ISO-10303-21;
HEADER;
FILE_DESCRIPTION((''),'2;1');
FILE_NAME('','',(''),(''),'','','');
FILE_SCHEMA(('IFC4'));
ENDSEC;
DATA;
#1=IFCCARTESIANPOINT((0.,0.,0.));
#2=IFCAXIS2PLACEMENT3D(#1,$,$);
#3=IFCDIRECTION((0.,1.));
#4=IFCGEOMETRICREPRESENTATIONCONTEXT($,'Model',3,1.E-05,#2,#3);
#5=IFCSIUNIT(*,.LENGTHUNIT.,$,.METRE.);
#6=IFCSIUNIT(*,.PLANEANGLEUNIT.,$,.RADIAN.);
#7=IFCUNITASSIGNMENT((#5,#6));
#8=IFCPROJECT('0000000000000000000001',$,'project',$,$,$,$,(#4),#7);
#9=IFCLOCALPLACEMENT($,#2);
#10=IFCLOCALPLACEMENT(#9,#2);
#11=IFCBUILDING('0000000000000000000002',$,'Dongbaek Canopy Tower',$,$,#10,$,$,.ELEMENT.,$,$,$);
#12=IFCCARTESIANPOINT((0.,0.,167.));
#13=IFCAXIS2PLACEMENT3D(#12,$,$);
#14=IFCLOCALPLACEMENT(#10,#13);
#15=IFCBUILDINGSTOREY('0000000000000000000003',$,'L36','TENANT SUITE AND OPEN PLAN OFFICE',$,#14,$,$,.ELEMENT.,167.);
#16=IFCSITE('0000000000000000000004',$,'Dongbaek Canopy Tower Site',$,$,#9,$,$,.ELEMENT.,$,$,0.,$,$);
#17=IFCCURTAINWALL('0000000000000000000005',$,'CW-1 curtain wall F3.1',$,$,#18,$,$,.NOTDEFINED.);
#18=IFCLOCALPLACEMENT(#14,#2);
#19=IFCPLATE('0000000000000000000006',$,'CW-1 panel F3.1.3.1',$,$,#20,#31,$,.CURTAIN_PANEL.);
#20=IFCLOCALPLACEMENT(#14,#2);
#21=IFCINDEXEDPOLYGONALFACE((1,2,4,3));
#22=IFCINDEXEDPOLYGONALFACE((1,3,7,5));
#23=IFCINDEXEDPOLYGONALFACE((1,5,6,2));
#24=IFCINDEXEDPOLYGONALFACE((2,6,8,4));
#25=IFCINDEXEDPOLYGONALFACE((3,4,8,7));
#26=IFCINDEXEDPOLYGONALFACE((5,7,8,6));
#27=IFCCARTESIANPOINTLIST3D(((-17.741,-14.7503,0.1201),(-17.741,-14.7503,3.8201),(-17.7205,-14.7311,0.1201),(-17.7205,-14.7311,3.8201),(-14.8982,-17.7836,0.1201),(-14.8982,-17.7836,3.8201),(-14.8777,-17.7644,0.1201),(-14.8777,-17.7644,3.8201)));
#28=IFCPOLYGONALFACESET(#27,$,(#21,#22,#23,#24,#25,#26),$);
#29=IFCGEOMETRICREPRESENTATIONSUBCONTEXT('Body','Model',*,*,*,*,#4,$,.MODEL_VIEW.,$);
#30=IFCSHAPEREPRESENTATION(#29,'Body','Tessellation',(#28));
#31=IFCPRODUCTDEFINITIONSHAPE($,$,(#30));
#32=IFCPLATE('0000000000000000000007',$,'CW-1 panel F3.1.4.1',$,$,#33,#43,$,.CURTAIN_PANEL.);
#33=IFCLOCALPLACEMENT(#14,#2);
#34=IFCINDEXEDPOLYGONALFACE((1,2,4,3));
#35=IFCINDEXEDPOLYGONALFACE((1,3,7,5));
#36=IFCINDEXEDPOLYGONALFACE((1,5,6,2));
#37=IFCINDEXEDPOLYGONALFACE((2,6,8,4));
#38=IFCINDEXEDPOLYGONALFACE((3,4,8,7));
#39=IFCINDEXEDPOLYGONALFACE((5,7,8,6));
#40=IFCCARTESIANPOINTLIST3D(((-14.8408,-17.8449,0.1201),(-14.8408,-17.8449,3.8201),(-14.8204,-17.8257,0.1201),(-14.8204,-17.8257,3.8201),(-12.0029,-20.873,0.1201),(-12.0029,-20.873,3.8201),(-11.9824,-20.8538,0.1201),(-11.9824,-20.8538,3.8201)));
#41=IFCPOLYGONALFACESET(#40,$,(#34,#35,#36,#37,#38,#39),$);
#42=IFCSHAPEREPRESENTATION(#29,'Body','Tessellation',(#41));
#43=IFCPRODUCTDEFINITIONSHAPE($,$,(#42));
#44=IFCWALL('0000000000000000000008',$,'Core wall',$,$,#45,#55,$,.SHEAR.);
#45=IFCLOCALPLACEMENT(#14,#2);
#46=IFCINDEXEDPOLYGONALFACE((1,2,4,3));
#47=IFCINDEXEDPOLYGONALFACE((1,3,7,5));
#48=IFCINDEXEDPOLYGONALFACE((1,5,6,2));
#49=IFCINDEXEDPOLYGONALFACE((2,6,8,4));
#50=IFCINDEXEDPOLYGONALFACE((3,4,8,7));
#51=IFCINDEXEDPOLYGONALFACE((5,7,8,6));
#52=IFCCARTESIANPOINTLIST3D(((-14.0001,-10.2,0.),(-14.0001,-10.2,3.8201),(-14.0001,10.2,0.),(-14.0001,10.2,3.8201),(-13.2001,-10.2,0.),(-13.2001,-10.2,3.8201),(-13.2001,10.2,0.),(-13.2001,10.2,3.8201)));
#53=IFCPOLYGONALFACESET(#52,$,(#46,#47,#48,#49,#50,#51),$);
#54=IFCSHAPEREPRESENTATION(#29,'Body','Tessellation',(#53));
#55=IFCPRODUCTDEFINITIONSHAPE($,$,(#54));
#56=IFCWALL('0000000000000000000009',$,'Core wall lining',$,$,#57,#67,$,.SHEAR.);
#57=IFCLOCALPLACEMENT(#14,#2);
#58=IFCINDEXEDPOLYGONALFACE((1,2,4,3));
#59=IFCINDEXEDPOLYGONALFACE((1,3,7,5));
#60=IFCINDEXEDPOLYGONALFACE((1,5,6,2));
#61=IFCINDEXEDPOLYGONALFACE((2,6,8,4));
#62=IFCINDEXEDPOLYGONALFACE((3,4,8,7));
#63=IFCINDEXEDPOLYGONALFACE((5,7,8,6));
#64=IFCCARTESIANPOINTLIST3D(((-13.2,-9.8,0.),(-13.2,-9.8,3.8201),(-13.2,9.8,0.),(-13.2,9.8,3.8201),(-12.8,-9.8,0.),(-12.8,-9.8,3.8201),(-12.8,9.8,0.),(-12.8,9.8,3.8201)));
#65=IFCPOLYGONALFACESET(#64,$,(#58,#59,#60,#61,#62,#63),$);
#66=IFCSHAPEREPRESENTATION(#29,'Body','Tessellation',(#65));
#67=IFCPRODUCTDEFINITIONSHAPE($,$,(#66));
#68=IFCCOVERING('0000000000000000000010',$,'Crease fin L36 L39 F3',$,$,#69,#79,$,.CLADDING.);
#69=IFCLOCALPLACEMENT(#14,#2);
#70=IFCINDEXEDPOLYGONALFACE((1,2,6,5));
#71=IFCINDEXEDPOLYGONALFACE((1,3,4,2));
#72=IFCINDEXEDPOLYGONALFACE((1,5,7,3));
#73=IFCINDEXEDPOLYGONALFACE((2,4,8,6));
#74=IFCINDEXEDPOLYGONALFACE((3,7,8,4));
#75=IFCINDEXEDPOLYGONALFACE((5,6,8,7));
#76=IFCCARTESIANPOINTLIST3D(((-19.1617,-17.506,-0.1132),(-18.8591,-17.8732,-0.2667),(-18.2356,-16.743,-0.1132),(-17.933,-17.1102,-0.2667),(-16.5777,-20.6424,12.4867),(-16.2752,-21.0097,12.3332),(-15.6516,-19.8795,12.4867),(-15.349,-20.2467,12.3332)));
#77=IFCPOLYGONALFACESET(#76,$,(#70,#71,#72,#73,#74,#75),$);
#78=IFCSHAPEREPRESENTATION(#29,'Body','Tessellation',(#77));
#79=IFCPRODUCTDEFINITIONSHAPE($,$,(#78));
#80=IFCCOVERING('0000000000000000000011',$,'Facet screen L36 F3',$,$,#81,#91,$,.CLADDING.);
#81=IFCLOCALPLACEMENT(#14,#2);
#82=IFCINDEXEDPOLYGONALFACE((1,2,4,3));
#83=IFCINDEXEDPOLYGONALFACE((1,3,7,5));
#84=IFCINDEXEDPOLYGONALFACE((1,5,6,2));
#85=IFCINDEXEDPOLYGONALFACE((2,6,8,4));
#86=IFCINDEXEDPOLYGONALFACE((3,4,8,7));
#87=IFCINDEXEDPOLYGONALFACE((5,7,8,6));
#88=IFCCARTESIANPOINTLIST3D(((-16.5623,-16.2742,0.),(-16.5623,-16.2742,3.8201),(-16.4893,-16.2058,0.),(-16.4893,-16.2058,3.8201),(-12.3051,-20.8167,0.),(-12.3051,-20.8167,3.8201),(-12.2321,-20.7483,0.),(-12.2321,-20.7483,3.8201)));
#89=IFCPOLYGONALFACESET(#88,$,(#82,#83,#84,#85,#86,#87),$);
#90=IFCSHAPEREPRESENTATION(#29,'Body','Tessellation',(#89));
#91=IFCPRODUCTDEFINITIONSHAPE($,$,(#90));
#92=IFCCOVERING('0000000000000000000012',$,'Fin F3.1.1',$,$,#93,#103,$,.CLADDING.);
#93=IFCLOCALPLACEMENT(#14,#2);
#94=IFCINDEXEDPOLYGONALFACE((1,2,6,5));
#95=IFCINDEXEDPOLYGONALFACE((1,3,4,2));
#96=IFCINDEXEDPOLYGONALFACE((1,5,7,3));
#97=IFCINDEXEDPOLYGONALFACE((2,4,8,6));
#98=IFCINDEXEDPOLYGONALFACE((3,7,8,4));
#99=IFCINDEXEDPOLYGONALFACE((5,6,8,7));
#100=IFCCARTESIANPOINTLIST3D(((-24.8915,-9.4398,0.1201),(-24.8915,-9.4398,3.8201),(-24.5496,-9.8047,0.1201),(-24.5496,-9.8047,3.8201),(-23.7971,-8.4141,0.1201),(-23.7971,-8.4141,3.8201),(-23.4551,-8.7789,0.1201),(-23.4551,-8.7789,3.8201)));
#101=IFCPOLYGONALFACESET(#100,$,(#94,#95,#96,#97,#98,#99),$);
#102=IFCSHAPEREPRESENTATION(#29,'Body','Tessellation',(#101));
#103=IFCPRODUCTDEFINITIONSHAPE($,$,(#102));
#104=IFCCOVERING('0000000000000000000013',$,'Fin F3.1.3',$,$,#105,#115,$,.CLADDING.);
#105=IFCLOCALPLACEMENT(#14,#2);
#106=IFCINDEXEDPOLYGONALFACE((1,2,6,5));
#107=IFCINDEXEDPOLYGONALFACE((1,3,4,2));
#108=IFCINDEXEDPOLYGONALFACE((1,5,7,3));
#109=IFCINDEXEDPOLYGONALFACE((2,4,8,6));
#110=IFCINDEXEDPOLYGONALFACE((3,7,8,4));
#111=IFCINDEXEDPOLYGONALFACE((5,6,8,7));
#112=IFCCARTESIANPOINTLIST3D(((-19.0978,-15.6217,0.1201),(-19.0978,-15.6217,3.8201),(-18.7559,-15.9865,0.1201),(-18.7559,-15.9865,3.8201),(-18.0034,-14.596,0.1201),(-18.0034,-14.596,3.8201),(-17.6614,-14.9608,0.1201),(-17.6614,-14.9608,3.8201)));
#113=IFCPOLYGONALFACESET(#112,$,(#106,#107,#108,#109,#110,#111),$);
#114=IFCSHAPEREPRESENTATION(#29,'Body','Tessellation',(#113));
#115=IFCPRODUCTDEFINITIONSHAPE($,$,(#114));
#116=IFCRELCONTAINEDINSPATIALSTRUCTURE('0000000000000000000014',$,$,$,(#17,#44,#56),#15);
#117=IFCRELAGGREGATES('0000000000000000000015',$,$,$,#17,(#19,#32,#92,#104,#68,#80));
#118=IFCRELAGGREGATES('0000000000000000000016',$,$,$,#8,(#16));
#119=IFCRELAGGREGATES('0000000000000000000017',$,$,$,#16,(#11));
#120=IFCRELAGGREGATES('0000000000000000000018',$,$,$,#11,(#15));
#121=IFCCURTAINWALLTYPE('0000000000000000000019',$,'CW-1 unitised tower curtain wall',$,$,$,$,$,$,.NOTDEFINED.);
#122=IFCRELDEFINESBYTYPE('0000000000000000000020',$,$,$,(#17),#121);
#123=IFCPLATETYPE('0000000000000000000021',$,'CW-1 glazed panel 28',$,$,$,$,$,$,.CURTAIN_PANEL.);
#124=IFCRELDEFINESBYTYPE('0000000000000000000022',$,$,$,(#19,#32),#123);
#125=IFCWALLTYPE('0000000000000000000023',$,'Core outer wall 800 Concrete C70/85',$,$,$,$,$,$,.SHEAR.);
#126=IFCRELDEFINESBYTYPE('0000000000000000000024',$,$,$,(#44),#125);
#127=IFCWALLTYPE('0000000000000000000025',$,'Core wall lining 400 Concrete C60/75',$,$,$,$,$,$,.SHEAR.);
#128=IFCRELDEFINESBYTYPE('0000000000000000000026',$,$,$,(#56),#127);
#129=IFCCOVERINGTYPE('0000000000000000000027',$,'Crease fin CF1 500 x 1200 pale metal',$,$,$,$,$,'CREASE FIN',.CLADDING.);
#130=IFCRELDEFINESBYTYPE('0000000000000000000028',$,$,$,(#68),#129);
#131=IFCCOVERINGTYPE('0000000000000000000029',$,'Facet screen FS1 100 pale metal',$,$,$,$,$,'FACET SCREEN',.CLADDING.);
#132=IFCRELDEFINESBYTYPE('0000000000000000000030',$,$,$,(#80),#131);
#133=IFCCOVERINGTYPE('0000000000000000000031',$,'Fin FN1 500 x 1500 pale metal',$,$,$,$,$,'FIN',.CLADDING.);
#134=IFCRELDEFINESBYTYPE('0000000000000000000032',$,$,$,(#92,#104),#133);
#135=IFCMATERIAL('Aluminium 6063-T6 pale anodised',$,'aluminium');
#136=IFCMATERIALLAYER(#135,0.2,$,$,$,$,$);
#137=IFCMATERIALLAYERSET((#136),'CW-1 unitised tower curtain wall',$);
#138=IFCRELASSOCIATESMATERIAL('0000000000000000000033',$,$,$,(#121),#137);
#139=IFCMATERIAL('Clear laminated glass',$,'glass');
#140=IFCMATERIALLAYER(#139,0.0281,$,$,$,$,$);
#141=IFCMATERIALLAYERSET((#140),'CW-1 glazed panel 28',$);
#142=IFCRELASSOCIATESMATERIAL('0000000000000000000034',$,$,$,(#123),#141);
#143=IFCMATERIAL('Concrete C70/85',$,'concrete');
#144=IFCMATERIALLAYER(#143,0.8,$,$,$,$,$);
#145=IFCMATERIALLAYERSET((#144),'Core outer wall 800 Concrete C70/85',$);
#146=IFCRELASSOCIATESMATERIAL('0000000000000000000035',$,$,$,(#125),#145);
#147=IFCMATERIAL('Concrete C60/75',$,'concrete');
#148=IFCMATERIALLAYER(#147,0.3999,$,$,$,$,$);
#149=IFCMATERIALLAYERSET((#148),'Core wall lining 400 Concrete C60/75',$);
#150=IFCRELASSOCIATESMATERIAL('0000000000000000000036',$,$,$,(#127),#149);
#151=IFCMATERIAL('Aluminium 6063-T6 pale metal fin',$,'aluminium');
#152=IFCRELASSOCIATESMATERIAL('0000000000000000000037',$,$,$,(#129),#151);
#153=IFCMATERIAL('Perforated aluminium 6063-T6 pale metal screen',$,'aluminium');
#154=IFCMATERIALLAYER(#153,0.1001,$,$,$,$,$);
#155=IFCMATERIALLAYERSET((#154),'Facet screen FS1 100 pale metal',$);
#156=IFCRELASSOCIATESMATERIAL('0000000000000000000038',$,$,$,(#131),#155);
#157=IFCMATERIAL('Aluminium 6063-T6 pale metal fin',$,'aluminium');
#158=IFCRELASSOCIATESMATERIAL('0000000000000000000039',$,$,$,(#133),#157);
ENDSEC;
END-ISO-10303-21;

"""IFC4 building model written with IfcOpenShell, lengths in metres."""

from ifc_helpers import new_model, si_unit, direction, frame, frame_2d, origin, origin_2d, place, context, subcontext, project, spatial, rectangle, extrude, material, layer, layer_set, material_profile, profile_set, type_object, element, aggregate, save


model = new_model("IFC4")

# Units and contexts
model_context = context("Model", 3, precision=1e-05, world=origin(), true_north=direction((0.0, 1.0)))
body_context = subcontext(model_context, "Body", "Model", "MODEL_VIEW")
ifc_project = project(units=[si_unit("LENGTHUNIT", "METRE"), si_unit("PLANEANGLEUNIT", "RADIAN")], contexts=[model_context])

# Site, building, storey
site_placement = place(None, origin())
site = spatial("IfcSite", under=ifc_project, at=site_placement, Name="Dongbaek Canopy Tower Site", CompositionType="ELEMENT", RefElevation=0.0)
building_placement = place(site_placement, origin())
building = spatial("IfcBuilding", under=site, at=building_placement, Name="Dongbaek Canopy Tower", CompositionType="ELEMENT")
storey_placement = place(building_placement, frame((0.0, 0.0, 167.0)))
storey = spatial("IfcBuildingStorey", under=building, at=storey_placement, Name="L36", Description="TENANT SUITE AND OPEN PLAN OFFICE", CompositionType="ELEMENT", Elevation=167.0)

# Curtain wall
ifc_material_1 = material(Name="Aluminium 6063-T6 pale anodised", Category="aluminium")
ifc_layer_1 = layer(ifc_material_1, 0.2)
ifc_layer_set_1 = layer_set([ifc_layer_1], Name="CW-1 unitised tower curtain wall")
curtain_wall_type = type_object("IfcCurtainWallType", Name="CW-1 unitised tower curtain wall", PredefinedType="NOTDEFINED", material=ifc_layer_set_1)
curtain_wall_1_placement = place(storey_placement, origin())
curtain_wall_1 = element("IfcCurtainWall", 1, at=curtain_wall_1_placement, inside=storey, type_object=curtain_wall_type, Name="CW-1 curtain wall F3.1", PredefinedType="NOTDEFINED")

# Plates
ifc_material_2 = material(Name="Clear laminated glass", Category="glass")
ifc_layer_2 = layer(ifc_material_2, 0.0281)
ifc_layer_set_2 = layer_set([ifc_layer_2], Name="CW-1 glazed panel 28")
plate_type = type_object("IfcPlateType", Name="CW-1 glazed panel 28", PredefinedType="CURTAIN_PANEL", material=ifc_layer_set_2)
plate_1_placement = place(storey_placement, frame((-16.3093, -16.2573, 0.1201), z_axis=(0.0, 0.0, 1.0), x_axis=(0.683822, -0.729649, 0.0)))
plate_1 = element("IfcPlate", 2, at=plate_1_placement, type_object=plate_type, Name="CW-1 panel F3.1.3.1", PredefinedType="CURTAIN_PANEL", context=body_context, shape_type="SweptSolid", body=[
    extrude(rectangle(XDim=4.1572, YDim=0.0281, at=origin_2d()), origin(), (0.0, 0.0, 1.0), 3.7),
])
plate_2_placement = place(storey_placement, frame((-13.4116, -19.3494, 0.1201), z_axis=(0.0, 0.0, 1.0), x_axis=(0.683822, -0.729649, 0.0)))
plate_2 = element("IfcPlate", 3, at=plate_2_placement, type_object=plate_type, Name="CW-1 panel F3.1.4.1", PredefinedType="CURTAIN_PANEL", context=body_context, shape_type="SweptSolid", body=[
    extrude(rectangle(XDim=4.1501, YDim=0.0281, at=origin_2d()), origin(), (0.0, 0.0, 1.0), 3.7),
])

# Walls
ifc_material_3 = material(Name="Concrete C70/85", Category="concrete")
ifc_layer_3 = layer(ifc_material_3, 0.8)
ifc_layer_set_3 = layer_set([ifc_layer_3], Name="Core outer wall 800 Concrete C70/85")
wall_type_1 = type_object("IfcWallType", Name="Core outer wall 800 Concrete C70/85", PredefinedType="SHEAR", material=ifc_layer_set_3)
wall_1_placement = place(storey_placement, frame((-13.6001, -10.2, 0.0), z_axis=(0.0, 0.0, 1.0), x_axis=(0.0, 1.0, 0.0)))
element("IfcWall", 4, at=wall_1_placement, inside=storey, type_object=wall_type_1, Name="Core wall", PredefinedType="SHEAR", context=body_context, shape_type="SweptSolid", body=[
    extrude(rectangle(XDim=20.3999, YDim=0.8, at=frame_2d((10.2, 0.0))), origin(), (0.0, 0.0, 1.0), 3.8201),
])
ifc_material_4 = material(Name="Concrete C60/75", Category="concrete")
ifc_layer_4 = layer(ifc_material_4, 0.3999)
ifc_layer_set_4 = layer_set([ifc_layer_4], Name="Core wall lining 400 Concrete C60/75")
wall_type_2 = type_object("IfcWallType", Name="Core wall lining 400 Concrete C60/75", PredefinedType="SHEAR", material=ifc_layer_set_4)
wall_2_placement = place(storey_placement, frame((-13.0, -9.8, 0.0), z_axis=(0.0, 0.0, 1.0), x_axis=(0.0, 1.0, 0.0)))
element("IfcWall", 5, at=wall_2_placement, inside=storey, type_object=wall_type_2, Name="Core wall lining", PredefinedType="SHEAR", context=body_context, shape_type="SweptSolid", body=[
    extrude(rectangle(XDim=19.6001, YDim=0.3999, at=frame_2d((9.8, 0.0))), origin(), (0.0, 0.0, 1.0), 3.8201),
])

# Coverings
ifc_material_5 = material(Name="Aluminium 6063-T6 pale metal fin", Category="aluminium")
ifc_material_profile_1 = material_profile(ifc_material_5, rectangle(XDim=1.2, YDim=0.5, at=origin_2d()), Name="Crease fin CF1 500 x 1200 pale metal")
ifc_profile_set_1 = profile_set([ifc_material_profile_1], Name="Aluminium 6063-T6 pale metal fin")
covering_type_1 = type_object("IfcCoveringType", Name="Crease fin CF1 500 x 1200 pale metal", ElementType="CREASE FIN", PredefinedType="CLADDING", material=ifc_profile_set_1)
covering_1_placement = place(storey_placement, frame((-18.5474, -17.3081, -0.1899), z_axis=(0.19518, -0.236912, 0.951723), x_axis=(0.771809, 0.635855, 0.0)))
covering_1 = element("IfcCovering", 6, at=covering_1_placement, type_object=covering_type_1, Name="Crease fin L36 L39 F3", PredefinedType="CLADDING", context=body_context, shape_type="SweptSolid", body=[
    extrude(rectangle(XDim=1.2, YDim=0.5, at=origin_2d()), origin(), (0.0, 0.0, 1.0), 13.239),
])
ifc_material_6 = material(Name="Perforated aluminium 6063-T6 pale metal screen", Category="aluminium")
ifc_layer_5 = layer(ifc_material_6, 0.1001)
ifc_layer_set_5 = layer_set([ifc_layer_5], Name="Facet screen FS1 100 pale metal")
covering_type_2 = type_object("IfcCoveringType", Name="Facet screen FS1 100 pale metal", ElementType="FACET SCREEN", PredefinedType="CLADDING", material=ifc_layer_set_5)
covering_2_placement = place(storey_placement, frame((-14.3972, -18.5112, 0.0), z_axis=(0.0, 0.0, 1.0), x_axis=(0.683822, -0.729649, 0.0)))
covering_2 = element("IfcCovering", 7, at=covering_2_placement, type_object=covering_type_2, Name="Facet screen L36 F3", PredefinedType="CLADDING", context=body_context, shape_type="SweptSolid", body=[
    extrude(rectangle(XDim=6.2256, YDim=0.1001, at=origin_2d()), origin(), (0.0, 0.0, 1.0), 3.8201),
])
ifc_material_7 = material(Name="Aluminium 6063-T6 pale metal fin", Category="aluminium")
ifc_material_profile_2 = material_profile(ifc_material_7, rectangle(XDim=1.5, YDim=0.5, at=origin_2d()), Name="Fin FN1 500 x 1500 pale metal")
ifc_profile_set_2 = profile_set([ifc_material_profile_2], Name="Aluminium 6063-T6 pale metal fin")
covering_type_3 = type_object("IfcCoveringType", Name="Fin FN1 500 x 1500 pale metal", ElementType="FIN", PredefinedType="CLADDING", material=ifc_profile_set_2)
covering_3_placement = place(storey_placement, frame((-24.1733, -9.1094, 0.1201), z_axis=(0.0, 0.0, 1.0), x_axis=(-0.729649, -0.683822, 0.0)))
covering_3 = element("IfcCovering", 8, at=covering_3_placement, type_object=covering_type_3, Name="Fin F3.1.1", PredefinedType="CLADDING", context=body_context, shape_type="SweptSolid", body=[
    extrude(rectangle(XDim=1.5, YDim=0.5, at=origin_2d()), origin(), (0.0, 0.0, 1.0), 3.7),
])
covering_4_placement = place(storey_placement, frame((-18.3796, -15.2913, 0.1201), z_axis=(0.0, 0.0, 1.0), x_axis=(-0.729649, -0.683822, 0.0)))
covering_4 = element("IfcCovering", 9, at=covering_4_placement, type_object=covering_type_3, Name="Fin F3.1.3", PredefinedType="CLADDING", context=body_context, shape_type="SweptSolid", body=[
    extrude(rectangle(XDim=1.5, YDim=0.5, at=origin_2d()), origin(), (0.0, 0.0, 1.0), 3.7),
])
aggregate(curtain_wall_1, [plate_1, plate_2, covering_3, covering_4, covering_1, covering_2])

save(model, "model.ifc")
